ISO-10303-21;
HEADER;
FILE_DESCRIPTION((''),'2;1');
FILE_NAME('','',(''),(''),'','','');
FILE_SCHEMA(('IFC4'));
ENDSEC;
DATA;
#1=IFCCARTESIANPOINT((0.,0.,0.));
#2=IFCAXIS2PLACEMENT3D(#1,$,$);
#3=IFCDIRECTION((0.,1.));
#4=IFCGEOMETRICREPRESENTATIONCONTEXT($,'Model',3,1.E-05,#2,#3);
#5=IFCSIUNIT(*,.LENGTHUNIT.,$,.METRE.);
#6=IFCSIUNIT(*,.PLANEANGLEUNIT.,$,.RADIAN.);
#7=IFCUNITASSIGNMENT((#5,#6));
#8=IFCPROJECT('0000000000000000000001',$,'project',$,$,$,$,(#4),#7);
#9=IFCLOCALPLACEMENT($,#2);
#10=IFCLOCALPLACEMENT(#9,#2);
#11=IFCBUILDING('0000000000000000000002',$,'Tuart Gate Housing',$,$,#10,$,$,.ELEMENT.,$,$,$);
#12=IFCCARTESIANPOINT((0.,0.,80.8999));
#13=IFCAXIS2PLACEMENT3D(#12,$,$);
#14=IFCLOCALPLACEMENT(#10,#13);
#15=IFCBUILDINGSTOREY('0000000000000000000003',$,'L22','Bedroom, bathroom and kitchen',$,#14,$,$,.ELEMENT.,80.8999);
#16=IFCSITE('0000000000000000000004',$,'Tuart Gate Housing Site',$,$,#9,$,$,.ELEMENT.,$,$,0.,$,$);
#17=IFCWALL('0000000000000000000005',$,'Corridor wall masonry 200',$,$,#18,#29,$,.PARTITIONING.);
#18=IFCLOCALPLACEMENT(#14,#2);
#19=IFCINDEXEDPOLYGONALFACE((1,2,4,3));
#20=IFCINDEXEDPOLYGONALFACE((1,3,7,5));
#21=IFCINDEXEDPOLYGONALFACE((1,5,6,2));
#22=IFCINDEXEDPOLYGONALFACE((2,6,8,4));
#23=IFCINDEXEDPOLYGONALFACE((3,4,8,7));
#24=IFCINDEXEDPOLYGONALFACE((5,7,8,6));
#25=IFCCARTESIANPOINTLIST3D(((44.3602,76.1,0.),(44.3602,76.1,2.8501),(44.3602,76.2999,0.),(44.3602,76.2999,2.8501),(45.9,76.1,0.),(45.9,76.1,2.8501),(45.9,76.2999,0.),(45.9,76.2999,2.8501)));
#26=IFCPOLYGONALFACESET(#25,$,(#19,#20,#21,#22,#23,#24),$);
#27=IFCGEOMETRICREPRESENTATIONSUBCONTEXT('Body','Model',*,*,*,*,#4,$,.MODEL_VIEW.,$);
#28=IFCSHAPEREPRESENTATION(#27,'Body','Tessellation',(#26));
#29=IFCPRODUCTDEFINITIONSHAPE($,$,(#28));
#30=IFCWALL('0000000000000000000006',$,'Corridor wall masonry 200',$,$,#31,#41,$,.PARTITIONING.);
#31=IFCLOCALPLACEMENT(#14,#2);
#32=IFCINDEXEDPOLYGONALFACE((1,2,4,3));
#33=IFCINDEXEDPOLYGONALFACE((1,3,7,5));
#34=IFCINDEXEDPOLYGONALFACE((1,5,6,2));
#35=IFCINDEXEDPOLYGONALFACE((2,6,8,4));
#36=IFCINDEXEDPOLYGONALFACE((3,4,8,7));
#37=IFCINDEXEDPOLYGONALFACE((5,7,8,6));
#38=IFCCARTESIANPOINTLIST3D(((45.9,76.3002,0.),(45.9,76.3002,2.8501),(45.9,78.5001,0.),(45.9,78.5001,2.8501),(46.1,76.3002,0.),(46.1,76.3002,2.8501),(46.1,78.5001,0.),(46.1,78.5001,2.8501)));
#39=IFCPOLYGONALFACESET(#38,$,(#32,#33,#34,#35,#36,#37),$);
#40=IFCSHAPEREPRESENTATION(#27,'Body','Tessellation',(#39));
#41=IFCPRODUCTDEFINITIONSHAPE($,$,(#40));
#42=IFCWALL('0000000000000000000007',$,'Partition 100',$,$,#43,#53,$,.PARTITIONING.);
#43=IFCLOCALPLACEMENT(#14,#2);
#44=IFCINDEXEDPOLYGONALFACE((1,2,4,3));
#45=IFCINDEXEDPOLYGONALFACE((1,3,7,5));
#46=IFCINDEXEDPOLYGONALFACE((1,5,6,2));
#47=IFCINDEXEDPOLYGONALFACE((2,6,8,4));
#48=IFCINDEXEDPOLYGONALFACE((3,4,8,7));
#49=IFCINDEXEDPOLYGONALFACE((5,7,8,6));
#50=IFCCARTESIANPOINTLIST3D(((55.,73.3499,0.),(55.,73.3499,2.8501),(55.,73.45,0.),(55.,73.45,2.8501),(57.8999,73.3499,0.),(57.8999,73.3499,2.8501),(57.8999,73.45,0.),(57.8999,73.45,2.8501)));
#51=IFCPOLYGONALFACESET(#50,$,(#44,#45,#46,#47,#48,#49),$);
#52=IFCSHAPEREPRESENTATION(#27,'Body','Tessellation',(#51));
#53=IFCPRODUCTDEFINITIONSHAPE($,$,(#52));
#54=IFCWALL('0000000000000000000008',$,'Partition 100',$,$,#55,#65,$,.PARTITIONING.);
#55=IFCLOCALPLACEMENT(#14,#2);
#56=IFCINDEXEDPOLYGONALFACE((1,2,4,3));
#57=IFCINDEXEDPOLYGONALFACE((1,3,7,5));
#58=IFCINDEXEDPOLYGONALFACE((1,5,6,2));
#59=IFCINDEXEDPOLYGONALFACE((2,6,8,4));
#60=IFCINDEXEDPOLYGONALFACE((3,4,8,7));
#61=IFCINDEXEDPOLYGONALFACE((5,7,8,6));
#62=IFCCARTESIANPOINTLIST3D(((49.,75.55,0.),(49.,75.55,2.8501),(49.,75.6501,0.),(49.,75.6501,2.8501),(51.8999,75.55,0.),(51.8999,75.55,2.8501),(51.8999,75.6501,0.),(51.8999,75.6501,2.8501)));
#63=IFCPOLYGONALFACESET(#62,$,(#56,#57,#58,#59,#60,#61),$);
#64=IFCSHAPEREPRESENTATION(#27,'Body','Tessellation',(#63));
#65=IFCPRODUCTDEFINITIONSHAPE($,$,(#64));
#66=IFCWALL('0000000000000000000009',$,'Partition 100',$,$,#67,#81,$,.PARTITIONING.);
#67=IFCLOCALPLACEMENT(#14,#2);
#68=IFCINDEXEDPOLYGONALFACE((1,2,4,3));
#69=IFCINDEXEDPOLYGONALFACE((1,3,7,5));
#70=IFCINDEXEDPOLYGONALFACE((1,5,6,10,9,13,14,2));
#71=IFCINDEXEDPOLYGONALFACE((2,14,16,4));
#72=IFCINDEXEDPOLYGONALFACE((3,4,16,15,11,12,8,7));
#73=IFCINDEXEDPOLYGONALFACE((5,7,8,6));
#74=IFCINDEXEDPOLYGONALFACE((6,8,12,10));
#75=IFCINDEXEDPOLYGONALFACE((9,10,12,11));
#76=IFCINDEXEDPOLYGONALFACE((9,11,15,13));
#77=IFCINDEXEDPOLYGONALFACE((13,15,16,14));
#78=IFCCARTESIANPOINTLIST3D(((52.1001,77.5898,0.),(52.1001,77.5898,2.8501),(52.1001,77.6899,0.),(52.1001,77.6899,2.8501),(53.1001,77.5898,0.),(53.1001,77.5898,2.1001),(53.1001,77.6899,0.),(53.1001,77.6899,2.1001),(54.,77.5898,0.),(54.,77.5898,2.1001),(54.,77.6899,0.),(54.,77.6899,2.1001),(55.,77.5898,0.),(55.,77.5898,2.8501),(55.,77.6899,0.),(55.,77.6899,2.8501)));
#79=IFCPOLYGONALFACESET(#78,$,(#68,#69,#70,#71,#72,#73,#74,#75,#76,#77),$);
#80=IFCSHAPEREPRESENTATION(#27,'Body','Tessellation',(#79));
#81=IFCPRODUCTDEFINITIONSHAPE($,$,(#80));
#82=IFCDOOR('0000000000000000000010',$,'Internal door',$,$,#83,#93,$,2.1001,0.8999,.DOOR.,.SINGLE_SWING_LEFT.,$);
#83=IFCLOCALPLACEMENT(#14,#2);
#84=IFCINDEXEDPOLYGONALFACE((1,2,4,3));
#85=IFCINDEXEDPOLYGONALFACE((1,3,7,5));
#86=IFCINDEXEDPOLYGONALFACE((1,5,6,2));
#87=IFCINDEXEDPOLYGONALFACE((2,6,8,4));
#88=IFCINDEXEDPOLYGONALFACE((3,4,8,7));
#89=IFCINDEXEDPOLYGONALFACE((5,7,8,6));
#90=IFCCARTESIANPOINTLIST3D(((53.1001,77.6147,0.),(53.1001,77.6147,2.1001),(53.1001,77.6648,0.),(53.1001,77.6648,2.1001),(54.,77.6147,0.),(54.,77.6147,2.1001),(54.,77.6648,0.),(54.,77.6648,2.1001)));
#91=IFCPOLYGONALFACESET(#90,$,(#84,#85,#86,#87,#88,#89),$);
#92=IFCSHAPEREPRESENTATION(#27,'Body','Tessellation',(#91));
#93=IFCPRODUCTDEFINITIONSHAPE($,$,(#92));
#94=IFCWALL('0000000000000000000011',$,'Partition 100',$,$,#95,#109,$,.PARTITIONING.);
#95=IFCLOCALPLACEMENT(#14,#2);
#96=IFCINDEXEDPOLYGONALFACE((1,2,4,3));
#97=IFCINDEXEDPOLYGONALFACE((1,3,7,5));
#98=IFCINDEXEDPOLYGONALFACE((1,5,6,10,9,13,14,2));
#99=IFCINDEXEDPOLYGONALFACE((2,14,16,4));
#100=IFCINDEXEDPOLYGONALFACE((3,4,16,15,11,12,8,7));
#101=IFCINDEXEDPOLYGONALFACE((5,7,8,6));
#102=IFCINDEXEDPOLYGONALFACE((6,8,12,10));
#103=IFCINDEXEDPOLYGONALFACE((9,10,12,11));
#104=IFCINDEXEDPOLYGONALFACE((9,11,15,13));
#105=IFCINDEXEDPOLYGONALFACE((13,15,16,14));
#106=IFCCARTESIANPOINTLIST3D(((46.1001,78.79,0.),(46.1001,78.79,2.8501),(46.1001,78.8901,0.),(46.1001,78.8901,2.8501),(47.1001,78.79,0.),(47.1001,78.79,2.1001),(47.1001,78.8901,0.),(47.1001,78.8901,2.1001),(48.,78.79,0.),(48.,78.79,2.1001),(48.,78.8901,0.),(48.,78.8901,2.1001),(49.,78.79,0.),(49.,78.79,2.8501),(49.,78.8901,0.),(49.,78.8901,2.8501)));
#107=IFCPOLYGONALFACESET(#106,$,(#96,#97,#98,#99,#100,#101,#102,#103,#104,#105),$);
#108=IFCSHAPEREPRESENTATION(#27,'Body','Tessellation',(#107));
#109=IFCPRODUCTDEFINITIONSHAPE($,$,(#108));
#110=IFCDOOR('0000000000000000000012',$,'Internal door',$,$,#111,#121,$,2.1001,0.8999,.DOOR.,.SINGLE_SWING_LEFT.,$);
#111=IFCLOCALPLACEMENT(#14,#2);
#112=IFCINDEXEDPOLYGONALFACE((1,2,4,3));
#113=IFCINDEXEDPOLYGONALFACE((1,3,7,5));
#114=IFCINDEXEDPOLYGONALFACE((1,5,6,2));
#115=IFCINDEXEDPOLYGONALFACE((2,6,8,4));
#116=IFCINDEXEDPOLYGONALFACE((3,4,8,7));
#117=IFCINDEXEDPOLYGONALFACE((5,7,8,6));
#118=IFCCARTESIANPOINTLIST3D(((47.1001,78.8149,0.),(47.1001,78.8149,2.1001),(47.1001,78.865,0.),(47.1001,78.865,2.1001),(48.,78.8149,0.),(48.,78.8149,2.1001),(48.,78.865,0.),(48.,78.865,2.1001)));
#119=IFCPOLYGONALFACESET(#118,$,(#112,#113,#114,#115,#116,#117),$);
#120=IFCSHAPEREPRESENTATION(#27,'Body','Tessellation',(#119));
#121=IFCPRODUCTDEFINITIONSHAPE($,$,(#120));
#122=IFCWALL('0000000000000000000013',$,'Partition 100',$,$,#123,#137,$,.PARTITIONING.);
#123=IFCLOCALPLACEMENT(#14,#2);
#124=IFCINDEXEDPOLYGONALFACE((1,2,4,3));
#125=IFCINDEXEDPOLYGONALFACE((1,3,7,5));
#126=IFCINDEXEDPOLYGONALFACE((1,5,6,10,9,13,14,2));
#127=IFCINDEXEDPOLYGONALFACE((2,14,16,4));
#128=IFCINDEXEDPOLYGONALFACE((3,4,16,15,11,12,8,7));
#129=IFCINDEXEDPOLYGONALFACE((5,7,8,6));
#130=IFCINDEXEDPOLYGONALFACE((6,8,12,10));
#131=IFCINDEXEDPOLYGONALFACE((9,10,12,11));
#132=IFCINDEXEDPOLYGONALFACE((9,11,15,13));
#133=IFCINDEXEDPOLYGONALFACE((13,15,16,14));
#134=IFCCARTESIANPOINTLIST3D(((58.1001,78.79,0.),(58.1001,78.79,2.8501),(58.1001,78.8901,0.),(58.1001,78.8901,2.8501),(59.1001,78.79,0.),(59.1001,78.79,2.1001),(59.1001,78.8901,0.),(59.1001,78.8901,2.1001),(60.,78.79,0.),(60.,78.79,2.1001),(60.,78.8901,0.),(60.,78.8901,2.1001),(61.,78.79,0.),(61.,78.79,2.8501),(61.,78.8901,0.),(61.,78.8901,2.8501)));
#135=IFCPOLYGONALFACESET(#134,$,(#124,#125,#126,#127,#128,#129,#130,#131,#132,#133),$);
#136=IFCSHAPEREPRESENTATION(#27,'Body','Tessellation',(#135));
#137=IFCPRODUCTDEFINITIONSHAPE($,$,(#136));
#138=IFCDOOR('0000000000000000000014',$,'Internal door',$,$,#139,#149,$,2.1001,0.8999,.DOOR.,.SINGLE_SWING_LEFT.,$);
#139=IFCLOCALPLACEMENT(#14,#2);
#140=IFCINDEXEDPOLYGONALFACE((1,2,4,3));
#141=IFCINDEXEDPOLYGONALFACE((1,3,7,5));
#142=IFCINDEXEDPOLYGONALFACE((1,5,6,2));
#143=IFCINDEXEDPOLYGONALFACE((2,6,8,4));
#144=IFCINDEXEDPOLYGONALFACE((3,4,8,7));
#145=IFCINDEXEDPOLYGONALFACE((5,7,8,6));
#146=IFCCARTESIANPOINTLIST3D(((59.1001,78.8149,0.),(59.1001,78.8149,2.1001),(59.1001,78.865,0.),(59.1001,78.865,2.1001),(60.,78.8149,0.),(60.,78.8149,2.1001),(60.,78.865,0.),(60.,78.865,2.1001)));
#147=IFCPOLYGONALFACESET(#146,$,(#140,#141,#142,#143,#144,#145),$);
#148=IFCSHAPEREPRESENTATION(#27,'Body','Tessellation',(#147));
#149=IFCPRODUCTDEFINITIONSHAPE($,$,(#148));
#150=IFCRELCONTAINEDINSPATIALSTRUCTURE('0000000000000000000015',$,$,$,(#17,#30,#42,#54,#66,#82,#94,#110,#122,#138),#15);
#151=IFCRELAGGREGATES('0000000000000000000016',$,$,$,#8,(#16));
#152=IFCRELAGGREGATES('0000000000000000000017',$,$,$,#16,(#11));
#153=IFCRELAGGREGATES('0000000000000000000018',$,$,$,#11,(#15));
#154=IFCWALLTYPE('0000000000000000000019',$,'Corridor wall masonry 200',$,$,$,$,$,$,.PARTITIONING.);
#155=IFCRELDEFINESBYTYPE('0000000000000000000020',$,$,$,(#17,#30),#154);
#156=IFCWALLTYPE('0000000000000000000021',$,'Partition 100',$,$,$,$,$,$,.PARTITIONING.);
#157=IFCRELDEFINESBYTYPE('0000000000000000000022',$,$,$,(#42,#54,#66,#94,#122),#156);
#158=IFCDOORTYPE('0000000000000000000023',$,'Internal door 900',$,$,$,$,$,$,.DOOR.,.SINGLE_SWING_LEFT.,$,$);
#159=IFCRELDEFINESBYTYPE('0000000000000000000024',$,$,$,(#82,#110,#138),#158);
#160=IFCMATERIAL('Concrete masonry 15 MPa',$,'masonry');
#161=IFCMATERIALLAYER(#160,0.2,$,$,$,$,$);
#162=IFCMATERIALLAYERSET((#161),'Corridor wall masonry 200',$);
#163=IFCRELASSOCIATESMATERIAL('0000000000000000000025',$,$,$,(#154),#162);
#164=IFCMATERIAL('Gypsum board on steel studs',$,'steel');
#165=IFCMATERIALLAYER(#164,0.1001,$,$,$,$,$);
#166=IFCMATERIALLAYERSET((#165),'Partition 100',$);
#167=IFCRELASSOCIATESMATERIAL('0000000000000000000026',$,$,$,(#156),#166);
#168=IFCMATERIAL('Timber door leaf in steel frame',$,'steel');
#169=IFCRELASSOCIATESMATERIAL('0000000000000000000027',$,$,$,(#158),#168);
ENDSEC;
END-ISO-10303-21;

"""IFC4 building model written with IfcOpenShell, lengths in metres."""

from ifc_helpers import new_model, si_unit, direction, frame, frame_2d, origin, place, context, subcontext, project, spatial, rectangle, extrude, material, layer, layer_set, type_object, element, fill, save


model = new_model("IFC4")

# Units and contexts
model_context = context("Model", 3, precision=1e-05, world=origin(), true_north=direction((0.0, 1.0)))
body_context = subcontext(model_context, "Body", "Model", "MODEL_VIEW")
ifc_project = project(units=[si_unit("LENGTHUNIT", "METRE"), si_unit("PLANEANGLEUNIT", "RADIAN")], contexts=[model_context])

# Site, building, storey
site_placement = place(None, origin())
site = spatial("IfcSite", under=ifc_project, at=site_placement, Name="Tuart Gate Housing Site", CompositionType="ELEMENT", RefElevation=0.0)
building_placement = place(site_placement, origin())
building = spatial("IfcBuilding", under=site, at=building_placement, Name="Tuart Gate Housing", CompositionType="ELEMENT")
storey_placement = place(building_placement, frame((0.0, 0.0, 80.8999)))
storey = spatial("IfcBuildingStorey", under=building, at=storey_placement, Name="L22", Description="Bedroom, bathroom and kitchen", CompositionType="ELEMENT", Elevation=80.8999)

# Walls
ifc_material_1 = material(Name="Concrete masonry 15 MPa", Category="masonry")
ifc_layer_1 = layer(ifc_material_1, 0.2)
ifc_layer_set_1 = layer_set([ifc_layer_1], Name="Corridor wall masonry 200")
wall_type_1 = type_object("IfcWallType", Name="Corridor wall masonry 200", PredefinedType="PARTITIONING", material=ifc_layer_set_1)
wall_1_placement = place(storey_placement, frame((44.3601, 76.2, 0.0), z_axis=(0.0, 0.0, 1.0), x_axis=(1.0, 0.0, 0.0)))
element("IfcWall", 1, at=wall_1_placement, inside=storey, type_object=wall_type_1, Name="Corridor wall masonry 200", PredefinedType="PARTITIONING", context=body_context, shape_type="SweptSolid", body=[
    extrude(rectangle(XDim=1.5398, YDim=0.2, at=frame_2d((0.77, 0.0))), origin(), (0.0, 0.0, 1.0), 2.8501),
])
wall_2_placement = place(storey_placement, frame((46.0, 76.3, 0.0), z_axis=(0.0, 0.0, 1.0), x_axis=(0.0, 1.0, 0.0)))
element("IfcWall", 2, at=wall_2_placement, inside=storey, type_object=wall_type_1, Name="Corridor wall masonry 200", PredefinedType="PARTITIONING", context=body_context, shape_type="SweptSolid", body=[
    extrude(rectangle(XDim=2.2, YDim=0.2, at=frame_2d((1.1001, 0.0))), origin(), (0.0, 0.0, 1.0), 2.8501),
])
ifc_material_2 = material(Name="Gypsum board on steel studs", Category="steel")
ifc_layer_2 = layer(ifc_material_2, 0.1001)
ifc_layer_set_2 = layer_set([ifc_layer_2], Name="Partition 100")
wall_type_2 = type_object("IfcWallType", Name="Partition 100", PredefinedType="PARTITIONING", material=ifc_layer_set_2)
for number, where, z_axis, x_axis, name in (
    (3, (55.0, 73.3999, 0.0), (0.0, 0.0, 1.0), (1.0, 0.0, 0.0), "Partition 100"),
    (4, (49.0, 75.6001, 0.0), (0.0, 0.0, 1.0), (1.0, 0.0, 0.0), "Partition 100"),
):
    element("IfcWall", number, at=place(storey_placement, frame(where, z_axis=z_axis, x_axis=x_axis)), inside=storey, type_object=wall_type_2, Name=name, PredefinedType="PARTITIONING", context=body_context, shape_type="SweptSolid", body=[
        extrude(rectangle(XDim=2.8999, YDim=0.1001, at=frame_2d((1.45, 0.0))), origin(), (0.0, 0.0, 1.0), 2.8501),
    ])

# Walls, openings, doors
wall_3_placement = place(storey_placement, frame((52.1001, 77.6399, 0.0), z_axis=(0.0, 0.0, 1.0), x_axis=(1.0, 0.0, 0.0)))
wall_3 = element("IfcWall", 5, at=wall_3_placement, inside=storey, type_object=wall_type_2, Name="Partition 100", PredefinedType="PARTITIONING", context=body_context, shape_type="SweptSolid", body=[
    extrude(rectangle(XDim=2.8999, YDim=0.1001, at=frame_2d((1.45, 0.0))), origin(), (0.0, 0.0, 1.0), 2.8501),
])
opening_1_placement = place(wall_3_placement, frame((1.0, 0.0, 0.0)))
opening_1 = element("IfcOpeningElement", 6, at=opening_1_placement, cuts=wall_3, PredefinedType="OPENING", context=body_context, shape_type="SweptSolid", body=[
    extrude(rectangle(XDim=0.8999, YDim=2.1001, at=frame_2d((0.45, 1.05))), frame((0.0, 0.0601, 0.0), z_axis=(0.0, -1.0, 0.0), x_axis=(1.0, 0.0, 0.0)), (0.0, 0.0, 1.0), 0.1201),
])
ifc_material_3 = material(Name="Timber door leaf in steel frame", Category="steel")
door_type_1 = type_object("IfcDoorType", Name="Internal door 900", OperationType="SINGLE_SWING_LEFT", PredefinedType="DOOR", material=ifc_material_3)
door_1_placement = place(opening_1_placement, frame((0.8999, 0.0, 0.0), z_axis=(0.0, 0.0, 1.0), x_axis=(-1.0, 0.0, 0.0)))
door_1 = element("IfcDoor", 7, at=door_1_placement, inside=storey, type_object=door_type_1, Name="Internal door", OperationType="SINGLE_SWING_LEFT", OverallHeight=2.1001, OverallWidth=0.8999, PredefinedType="DOOR", context=body_context, shape_type="SweptSolid", body=[
    extrude(rectangle(XDim=0.8999, YDim=2.1001, at=frame_2d((0.45, 1.05))), frame((0.0, 0.0251, 0.0), z_axis=(0.0, -1.0, 0.0), x_axis=(1.0, 0.0, 0.0)), (0.0, 0.0, 1.0), 0.05),
])
fill(opening_1, door_1)
wall_4_placement = place(storey_placement, frame((46.1001, 78.8401, 0.0), z_axis=(0.0, 0.0, 1.0), x_axis=(1.0, 0.0, 0.0)))
wall_4 = element("IfcWall", 8, at=wall_4_placement, inside=storey, type_object=wall_type_2, Name="Partition 100", PredefinedType="PARTITIONING", context=body_context, shape_type="SweptSolid", body=[
    extrude(rectangle(XDim=2.8999, YDim=0.1001, at=frame_2d((1.45, 0.0))), origin(), (0.0, 0.0, 1.0), 2.8501),
])
opening_2_placement = place(wall_4_placement, frame((1.0, 0.0, 0.0)))
opening_2 = element("IfcOpeningElement", 9, at=opening_2_placement, cuts=wall_4, PredefinedType="OPENING", context=body_context, shape_type="SweptSolid", body=[
    extrude(rectangle(XDim=0.8999, YDim=2.1001, at=frame_2d((0.45, 1.05))), frame((0.0, 0.0601, 0.0), z_axis=(0.0, -1.0, 0.0), x_axis=(1.0, 0.0, 0.0)), (0.0, 0.0, 1.0), 0.1201),
])
door_2_placement = place(opening_2_placement, frame((0.8999, 0.0, 0.0), z_axis=(0.0, 0.0, 1.0), x_axis=(-1.0, 0.0, 0.0)))
door_2 = element("IfcDoor", 10, at=door_2_placement, inside=storey, type_object=door_type_1, Name="Internal door", OperationType="SINGLE_SWING_LEFT", OverallHeight=2.1001, OverallWidth=0.8999, PredefinedType="DOOR", context=body_context, shape_type="SweptSolid", body=[
    extrude(rectangle(XDim=0.8999, YDim=2.1001, at=frame_2d((0.45, 1.05))), frame((0.0, 0.0251, 0.0), z_axis=(0.0, -1.0, 0.0), x_axis=(1.0, 0.0, 0.0)), (0.0, 0.0, 1.0), 0.05),
])
fill(opening_2, door_2)
wall_5_placement = place(storey_placement, frame((58.1001, 78.8401, 0.0), z_axis=(0.0, 0.0, 1.0), x_axis=(1.0, 0.0, 0.0)))
wall_5 = element("IfcWall", 11, at=wall_5_placement, inside=storey, type_object=wall_type_2, Name="Partition 100", PredefinedType="PARTITIONING", context=body_context, shape_type="SweptSolid", body=[
    extrude(rectangle(XDim=2.8999, YDim=0.1001, at=frame_2d((1.45, 0.0))), origin(), (0.0, 0.0, 1.0), 2.8501),
])
opening_3_placement = place(wall_5_placement, frame((1.0, 0.0, 0.0)))
opening_3 = element("IfcOpeningElement", 12, at=opening_3_placement, cuts=wall_5, PredefinedType="OPENING", context=body_context, shape_type="SweptSolid", body=[
    extrude(rectangle(XDim=0.8999, YDim=2.1001, at=frame_2d((0.45, 1.05))), frame((0.0, 0.0601, 0.0), z_axis=(0.0, -1.0, 0.0), x_axis=(1.0, 0.0, 0.0)), (0.0, 0.0, 1.0), 0.1201),
])
door_3_placement = place(opening_3_placement, frame((0.8999, 0.0, 0.0), z_axis=(0.0, 0.0, 1.0), x_axis=(-1.0, 0.0, 0.0)))
door_3 = element("IfcDoor", 13, at=door_3_placement, inside=storey, type_object=door_type_1, Name="Internal door", OperationType="SINGLE_SWING_LEFT", OverallHeight=2.1001, OverallWidth=0.8999, PredefinedType="DOOR", context=body_context, shape_type="SweptSolid", body=[
    extrude(rectangle(XDim=0.8999, YDim=2.1001, at=frame_2d((0.45, 1.05))), frame((0.0, 0.0251, 0.0), z_axis=(0.0, -1.0, 0.0), x_axis=(1.0, 0.0, 0.0)), (0.0, 0.0, 1.0), 0.05),
])
fill(opening_3, door_3)

save(model, "model.ifc")
